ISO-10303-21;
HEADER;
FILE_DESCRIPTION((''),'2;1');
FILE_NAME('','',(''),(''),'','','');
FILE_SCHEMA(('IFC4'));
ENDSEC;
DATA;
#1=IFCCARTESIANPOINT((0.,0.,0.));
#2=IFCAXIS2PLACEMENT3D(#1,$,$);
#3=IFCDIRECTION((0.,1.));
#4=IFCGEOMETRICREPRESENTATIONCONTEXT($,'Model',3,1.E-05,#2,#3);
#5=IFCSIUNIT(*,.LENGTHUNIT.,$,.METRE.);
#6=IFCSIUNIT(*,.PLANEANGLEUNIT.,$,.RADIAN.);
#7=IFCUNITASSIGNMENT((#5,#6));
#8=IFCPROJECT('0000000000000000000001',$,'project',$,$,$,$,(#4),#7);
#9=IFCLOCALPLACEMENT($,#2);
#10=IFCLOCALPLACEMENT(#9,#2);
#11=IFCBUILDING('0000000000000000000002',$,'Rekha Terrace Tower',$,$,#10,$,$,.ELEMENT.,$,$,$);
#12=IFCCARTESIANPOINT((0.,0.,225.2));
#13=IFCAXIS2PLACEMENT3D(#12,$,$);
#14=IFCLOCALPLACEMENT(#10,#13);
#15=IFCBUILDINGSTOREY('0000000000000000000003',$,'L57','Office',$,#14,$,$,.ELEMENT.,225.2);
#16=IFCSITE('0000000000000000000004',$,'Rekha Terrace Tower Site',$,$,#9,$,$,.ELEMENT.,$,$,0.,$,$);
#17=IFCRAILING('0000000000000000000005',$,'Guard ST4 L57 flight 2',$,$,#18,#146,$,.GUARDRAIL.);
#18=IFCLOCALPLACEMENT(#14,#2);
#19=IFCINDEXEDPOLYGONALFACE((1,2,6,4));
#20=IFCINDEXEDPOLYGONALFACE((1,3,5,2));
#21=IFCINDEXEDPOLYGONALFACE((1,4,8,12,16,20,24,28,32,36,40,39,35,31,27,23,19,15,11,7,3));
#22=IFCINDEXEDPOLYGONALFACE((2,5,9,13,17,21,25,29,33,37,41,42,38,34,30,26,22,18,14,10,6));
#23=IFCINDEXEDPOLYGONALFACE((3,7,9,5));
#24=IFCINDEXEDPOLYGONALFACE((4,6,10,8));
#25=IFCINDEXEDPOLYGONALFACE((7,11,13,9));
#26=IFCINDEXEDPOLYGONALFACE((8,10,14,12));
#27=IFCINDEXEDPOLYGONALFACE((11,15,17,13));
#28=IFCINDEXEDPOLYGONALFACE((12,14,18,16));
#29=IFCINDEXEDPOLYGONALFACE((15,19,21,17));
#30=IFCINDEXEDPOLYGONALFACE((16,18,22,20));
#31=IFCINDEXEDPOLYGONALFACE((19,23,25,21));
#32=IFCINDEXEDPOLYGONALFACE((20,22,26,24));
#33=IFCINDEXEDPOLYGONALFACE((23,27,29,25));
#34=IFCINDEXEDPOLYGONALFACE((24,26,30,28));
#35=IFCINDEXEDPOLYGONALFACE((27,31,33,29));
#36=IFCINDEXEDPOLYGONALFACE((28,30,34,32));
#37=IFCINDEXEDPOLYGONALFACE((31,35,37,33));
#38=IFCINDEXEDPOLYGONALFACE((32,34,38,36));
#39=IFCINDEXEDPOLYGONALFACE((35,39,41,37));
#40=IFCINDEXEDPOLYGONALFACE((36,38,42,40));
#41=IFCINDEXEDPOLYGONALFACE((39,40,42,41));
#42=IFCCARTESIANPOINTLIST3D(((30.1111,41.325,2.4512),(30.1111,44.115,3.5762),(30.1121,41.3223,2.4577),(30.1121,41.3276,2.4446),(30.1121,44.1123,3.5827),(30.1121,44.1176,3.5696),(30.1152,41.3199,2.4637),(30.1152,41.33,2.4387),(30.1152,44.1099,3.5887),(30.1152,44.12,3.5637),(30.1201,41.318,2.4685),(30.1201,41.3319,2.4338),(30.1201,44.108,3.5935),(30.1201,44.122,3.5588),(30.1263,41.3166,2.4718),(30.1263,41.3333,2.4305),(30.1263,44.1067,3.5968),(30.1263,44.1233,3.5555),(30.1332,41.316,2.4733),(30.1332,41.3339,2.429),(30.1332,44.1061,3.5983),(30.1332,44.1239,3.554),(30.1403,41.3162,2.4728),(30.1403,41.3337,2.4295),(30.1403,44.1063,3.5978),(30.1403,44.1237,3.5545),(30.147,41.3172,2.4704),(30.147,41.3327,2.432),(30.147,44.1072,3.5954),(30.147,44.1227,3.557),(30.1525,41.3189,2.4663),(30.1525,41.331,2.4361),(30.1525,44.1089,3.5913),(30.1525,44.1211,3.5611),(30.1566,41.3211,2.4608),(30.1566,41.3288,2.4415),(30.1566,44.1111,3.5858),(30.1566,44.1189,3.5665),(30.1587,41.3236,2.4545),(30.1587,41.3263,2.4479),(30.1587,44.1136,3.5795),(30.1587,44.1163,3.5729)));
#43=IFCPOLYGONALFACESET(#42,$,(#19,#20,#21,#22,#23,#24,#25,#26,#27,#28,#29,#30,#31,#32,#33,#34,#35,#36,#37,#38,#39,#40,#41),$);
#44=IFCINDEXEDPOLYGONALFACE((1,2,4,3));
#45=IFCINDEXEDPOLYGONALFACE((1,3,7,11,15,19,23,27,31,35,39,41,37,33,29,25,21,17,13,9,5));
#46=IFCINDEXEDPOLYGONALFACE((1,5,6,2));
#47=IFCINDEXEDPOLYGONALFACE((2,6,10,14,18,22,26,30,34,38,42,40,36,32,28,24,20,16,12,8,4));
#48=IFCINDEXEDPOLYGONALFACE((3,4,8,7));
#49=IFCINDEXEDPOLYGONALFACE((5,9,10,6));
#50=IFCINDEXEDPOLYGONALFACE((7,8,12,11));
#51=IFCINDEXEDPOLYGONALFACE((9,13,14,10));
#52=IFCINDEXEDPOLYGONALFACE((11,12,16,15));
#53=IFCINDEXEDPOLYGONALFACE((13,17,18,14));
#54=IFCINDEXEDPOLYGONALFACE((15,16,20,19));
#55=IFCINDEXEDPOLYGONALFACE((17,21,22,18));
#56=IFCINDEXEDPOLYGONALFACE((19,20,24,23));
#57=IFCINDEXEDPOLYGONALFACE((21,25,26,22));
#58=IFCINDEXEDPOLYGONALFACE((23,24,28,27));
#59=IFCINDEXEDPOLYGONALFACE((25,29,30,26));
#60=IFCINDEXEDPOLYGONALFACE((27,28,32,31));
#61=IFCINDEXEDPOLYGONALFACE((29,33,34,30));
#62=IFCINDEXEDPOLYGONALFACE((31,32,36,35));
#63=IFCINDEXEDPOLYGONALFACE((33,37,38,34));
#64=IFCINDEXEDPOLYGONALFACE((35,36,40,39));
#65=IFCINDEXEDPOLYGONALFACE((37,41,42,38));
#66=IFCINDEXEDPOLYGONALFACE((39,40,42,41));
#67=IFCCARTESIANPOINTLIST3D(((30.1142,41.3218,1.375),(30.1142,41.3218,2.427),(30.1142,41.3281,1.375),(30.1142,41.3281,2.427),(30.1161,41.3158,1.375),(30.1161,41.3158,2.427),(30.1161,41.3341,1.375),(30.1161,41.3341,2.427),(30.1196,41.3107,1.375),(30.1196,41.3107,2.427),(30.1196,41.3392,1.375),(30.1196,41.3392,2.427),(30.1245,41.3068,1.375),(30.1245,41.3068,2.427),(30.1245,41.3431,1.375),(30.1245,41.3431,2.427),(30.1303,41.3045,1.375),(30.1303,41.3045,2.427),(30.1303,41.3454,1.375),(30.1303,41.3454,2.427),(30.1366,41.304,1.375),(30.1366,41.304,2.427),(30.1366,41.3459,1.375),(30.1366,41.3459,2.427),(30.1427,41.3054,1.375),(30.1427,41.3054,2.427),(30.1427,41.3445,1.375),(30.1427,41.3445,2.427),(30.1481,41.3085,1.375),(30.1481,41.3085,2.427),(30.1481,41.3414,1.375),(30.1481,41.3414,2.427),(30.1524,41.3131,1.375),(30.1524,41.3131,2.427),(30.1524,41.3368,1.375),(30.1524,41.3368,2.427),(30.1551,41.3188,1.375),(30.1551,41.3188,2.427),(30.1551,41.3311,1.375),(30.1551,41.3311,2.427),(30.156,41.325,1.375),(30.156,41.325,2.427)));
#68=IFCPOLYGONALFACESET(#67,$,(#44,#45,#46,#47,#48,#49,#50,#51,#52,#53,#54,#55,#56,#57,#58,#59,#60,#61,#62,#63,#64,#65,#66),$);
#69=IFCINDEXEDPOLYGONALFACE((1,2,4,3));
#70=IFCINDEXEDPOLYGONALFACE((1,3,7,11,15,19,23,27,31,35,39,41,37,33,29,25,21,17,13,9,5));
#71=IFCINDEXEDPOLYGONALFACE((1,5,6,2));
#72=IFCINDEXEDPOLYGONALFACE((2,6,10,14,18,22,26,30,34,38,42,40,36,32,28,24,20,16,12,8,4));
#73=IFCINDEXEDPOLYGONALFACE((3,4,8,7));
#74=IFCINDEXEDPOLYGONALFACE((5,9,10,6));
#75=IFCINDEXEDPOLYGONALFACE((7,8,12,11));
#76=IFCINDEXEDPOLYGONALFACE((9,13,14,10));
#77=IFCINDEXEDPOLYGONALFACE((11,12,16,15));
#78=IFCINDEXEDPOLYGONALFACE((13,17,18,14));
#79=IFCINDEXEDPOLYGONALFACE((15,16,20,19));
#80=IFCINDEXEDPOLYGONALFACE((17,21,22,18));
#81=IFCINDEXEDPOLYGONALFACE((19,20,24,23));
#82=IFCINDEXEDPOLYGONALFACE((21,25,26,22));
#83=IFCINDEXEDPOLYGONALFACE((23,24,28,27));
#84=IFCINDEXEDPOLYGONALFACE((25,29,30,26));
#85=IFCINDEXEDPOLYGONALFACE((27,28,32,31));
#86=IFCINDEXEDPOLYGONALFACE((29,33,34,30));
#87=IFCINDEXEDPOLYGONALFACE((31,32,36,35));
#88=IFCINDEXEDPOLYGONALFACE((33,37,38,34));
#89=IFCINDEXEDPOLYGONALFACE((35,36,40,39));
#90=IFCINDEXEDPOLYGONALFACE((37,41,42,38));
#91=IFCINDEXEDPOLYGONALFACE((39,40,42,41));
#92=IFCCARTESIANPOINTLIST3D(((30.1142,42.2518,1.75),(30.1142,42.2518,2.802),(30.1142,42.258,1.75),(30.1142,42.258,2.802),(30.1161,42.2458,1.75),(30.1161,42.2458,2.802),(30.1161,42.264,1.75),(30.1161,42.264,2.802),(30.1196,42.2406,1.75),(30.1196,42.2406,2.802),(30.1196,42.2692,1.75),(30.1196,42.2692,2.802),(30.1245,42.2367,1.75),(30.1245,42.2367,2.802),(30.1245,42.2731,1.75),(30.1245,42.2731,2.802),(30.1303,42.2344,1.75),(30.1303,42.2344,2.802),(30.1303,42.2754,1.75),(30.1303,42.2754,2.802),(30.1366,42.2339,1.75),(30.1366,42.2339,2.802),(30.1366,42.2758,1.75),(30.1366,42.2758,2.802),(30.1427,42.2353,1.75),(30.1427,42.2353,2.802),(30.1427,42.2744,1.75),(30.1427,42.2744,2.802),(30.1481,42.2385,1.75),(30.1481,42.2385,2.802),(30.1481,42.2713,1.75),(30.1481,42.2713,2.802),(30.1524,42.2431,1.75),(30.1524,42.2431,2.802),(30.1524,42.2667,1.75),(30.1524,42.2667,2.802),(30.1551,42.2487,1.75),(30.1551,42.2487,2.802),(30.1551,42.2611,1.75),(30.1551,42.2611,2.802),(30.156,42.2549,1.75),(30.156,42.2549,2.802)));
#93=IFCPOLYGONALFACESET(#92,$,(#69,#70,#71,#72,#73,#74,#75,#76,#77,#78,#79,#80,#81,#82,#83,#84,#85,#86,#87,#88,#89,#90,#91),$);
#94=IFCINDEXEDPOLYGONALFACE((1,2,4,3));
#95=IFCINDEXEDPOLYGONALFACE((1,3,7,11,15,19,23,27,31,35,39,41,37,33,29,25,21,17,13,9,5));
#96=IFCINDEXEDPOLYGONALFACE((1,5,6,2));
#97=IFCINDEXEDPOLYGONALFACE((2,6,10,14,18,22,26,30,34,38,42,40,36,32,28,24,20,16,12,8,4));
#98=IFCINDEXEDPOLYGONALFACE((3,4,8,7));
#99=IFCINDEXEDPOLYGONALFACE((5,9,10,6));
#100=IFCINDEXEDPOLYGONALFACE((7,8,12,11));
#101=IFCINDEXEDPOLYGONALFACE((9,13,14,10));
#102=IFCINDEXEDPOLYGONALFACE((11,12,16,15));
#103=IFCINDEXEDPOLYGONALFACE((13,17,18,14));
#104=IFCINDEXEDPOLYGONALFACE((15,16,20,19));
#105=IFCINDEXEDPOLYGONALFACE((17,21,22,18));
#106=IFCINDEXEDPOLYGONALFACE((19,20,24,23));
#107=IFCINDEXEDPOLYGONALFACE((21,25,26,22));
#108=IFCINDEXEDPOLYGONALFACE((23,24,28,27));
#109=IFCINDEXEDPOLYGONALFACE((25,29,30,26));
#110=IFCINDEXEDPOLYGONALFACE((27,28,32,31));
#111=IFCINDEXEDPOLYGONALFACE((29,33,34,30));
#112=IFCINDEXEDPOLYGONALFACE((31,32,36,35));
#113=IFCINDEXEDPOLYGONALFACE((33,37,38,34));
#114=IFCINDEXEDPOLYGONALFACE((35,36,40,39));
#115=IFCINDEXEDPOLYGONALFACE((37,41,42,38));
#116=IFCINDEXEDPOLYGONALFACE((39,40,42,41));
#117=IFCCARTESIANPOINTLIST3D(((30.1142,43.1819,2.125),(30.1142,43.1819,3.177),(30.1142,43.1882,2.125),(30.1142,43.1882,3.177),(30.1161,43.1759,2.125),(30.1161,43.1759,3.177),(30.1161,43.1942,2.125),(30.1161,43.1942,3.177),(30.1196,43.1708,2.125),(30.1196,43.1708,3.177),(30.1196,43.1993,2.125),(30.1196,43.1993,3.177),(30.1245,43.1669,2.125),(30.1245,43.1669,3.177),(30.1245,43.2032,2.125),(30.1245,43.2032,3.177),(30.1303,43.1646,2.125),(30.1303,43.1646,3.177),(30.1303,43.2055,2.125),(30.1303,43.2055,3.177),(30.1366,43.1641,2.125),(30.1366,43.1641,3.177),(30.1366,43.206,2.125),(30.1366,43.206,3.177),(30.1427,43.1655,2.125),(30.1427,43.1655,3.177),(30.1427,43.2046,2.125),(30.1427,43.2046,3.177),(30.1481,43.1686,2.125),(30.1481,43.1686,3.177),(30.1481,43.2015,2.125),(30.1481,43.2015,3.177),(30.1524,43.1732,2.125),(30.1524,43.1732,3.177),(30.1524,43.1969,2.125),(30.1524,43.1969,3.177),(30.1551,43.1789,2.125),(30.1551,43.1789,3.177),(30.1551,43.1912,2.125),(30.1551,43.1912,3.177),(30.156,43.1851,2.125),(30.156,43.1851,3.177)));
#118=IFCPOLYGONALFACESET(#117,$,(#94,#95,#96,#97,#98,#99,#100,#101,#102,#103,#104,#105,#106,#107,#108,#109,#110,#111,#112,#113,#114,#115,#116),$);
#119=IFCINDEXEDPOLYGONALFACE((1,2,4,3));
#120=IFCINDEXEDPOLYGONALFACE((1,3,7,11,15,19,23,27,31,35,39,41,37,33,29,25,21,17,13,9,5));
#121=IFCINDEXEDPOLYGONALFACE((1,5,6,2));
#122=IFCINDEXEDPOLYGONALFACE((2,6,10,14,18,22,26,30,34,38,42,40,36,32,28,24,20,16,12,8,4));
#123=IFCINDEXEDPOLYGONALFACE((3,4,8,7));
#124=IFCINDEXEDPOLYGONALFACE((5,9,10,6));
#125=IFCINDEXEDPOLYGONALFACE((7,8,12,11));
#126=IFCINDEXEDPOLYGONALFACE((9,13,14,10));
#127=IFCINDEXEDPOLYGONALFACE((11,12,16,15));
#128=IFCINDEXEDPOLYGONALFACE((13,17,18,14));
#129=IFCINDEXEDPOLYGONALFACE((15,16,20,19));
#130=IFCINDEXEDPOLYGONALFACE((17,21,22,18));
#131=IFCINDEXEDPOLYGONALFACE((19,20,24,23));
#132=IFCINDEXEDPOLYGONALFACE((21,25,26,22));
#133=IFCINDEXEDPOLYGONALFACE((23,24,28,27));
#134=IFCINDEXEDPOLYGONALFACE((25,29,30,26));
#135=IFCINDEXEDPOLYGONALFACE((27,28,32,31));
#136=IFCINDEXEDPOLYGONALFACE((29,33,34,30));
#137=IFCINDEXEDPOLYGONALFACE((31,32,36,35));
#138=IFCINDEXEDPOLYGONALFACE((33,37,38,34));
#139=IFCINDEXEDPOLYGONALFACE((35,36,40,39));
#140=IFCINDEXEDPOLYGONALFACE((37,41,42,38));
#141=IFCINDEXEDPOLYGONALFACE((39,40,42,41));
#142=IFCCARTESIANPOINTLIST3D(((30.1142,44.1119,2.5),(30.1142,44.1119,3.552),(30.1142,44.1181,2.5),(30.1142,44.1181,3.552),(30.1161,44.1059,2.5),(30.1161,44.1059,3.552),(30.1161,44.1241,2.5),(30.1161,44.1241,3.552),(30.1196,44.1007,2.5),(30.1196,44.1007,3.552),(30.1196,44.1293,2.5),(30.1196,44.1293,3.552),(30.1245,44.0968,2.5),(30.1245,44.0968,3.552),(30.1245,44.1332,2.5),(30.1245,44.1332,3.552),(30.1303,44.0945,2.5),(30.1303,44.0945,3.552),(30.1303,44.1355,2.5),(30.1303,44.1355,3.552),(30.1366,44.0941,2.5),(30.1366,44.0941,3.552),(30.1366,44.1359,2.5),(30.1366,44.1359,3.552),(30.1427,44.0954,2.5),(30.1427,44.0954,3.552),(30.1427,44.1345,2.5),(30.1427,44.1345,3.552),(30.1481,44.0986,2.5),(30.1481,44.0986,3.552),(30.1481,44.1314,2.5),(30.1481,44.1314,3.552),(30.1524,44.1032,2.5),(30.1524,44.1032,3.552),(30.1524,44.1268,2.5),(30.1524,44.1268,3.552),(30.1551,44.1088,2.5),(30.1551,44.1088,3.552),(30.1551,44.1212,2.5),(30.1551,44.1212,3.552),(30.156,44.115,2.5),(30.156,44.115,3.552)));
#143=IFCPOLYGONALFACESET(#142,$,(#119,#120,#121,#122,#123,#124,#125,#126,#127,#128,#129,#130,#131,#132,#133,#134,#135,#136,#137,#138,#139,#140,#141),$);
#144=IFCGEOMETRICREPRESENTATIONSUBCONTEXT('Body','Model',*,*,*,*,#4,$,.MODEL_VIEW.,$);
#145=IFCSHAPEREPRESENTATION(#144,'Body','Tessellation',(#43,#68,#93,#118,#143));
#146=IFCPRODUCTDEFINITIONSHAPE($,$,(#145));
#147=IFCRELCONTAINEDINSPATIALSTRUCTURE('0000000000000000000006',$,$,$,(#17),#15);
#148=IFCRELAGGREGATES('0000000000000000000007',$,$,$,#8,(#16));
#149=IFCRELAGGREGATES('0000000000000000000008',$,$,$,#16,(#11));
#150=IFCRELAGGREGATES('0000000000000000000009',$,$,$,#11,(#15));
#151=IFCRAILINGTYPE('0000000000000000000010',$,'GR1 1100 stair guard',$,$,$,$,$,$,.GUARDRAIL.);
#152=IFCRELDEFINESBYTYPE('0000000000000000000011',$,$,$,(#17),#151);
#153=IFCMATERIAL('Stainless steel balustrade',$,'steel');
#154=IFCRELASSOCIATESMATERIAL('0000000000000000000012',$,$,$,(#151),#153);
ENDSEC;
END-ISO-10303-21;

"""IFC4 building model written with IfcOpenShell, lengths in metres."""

from ifc_helpers import new_model, si_unit, direction, frame, origin, origin_2d, place, context, subcontext, project, spatial, circle, extrude, material, type_object, element, save


model = new_model("IFC4")

# Units and contexts
model_context = context("Model", 3, precision=1e-05, world=origin(), true_north=direction((0.0, 1.0)))
body_context = subcontext(model_context, "Body", "Model", "MODEL_VIEW")
ifc_project = project(units=[si_unit("LENGTHUNIT", "METRE"), si_unit("PLANEANGLEUNIT", "RADIAN")], contexts=[model_context])

# Site, building, storey
site_placement = place(None, origin())
site = spatial("IfcSite", under=ifc_project, at=site_placement, Name="Rekha Terrace Tower Site", CompositionType="ELEMENT", RefElevation=0.0)
building_placement = place(site_placement, origin())
building = spatial("IfcBuilding", under=site, at=building_placement, Name="Rekha Terrace Tower", CompositionType="ELEMENT")
storey_placement = place(building_placement, frame((0.0, 0.0, 225.2)))
storey = spatial("IfcBuildingStorey", under=building, at=storey_placement, Name="L57", Description="Office", CompositionType="ELEMENT", Elevation=225.2)

# Railing
ifc_material_1 = material(Name="Stainless steel balustrade", Category="steel")
railing_type_1 = type_object("IfcRailingType", Name="GR1 1100 stair guard", PredefinedType="GUARDRAIL", material=ifc_material_1)
railing_1_placement = place(storey_placement, frame((30.135, 41.325, 1.375)))
element("IfcRailing", 1, at=railing_1_placement, inside=storey, type_object=railing_type_1, Name="Guard ST4 L57 flight 2", PredefinedType="GUARDRAIL", context=body_context, shape_type="SweptSolid", body=[
    extrude(circle(Radius=0.0239, at=origin_2d()), frame((0.0, 0.0, 1.0762), z_axis=(0.0, 0.927443, 0.373964), x_axis=(-1.0, 0.0, 0.0)), (0.0, 0.0, 1.0), 3.0083),
    extrude(circle(Radius=0.021, at=origin_2d()), origin(), (0.0, 0.0, 1.0), 1.052),
    extrude(circle(Radius=0.021, at=origin_2d()), frame((0.0, 0.9299, 0.375)), (0.0, 0.0, 1.0), 1.052),
    extrude(circle(Radius=0.021, at=origin_2d()), frame((0.0, 1.8601, 0.75)), (0.0, 0.0, 1.0), 1.052),
    extrude(circle(Radius=0.021, at=origin_2d()), frame((0.0, 2.79, 1.125)), (0.0, 0.0, 1.0), 1.052),
])

save(model, "model.ifc")
